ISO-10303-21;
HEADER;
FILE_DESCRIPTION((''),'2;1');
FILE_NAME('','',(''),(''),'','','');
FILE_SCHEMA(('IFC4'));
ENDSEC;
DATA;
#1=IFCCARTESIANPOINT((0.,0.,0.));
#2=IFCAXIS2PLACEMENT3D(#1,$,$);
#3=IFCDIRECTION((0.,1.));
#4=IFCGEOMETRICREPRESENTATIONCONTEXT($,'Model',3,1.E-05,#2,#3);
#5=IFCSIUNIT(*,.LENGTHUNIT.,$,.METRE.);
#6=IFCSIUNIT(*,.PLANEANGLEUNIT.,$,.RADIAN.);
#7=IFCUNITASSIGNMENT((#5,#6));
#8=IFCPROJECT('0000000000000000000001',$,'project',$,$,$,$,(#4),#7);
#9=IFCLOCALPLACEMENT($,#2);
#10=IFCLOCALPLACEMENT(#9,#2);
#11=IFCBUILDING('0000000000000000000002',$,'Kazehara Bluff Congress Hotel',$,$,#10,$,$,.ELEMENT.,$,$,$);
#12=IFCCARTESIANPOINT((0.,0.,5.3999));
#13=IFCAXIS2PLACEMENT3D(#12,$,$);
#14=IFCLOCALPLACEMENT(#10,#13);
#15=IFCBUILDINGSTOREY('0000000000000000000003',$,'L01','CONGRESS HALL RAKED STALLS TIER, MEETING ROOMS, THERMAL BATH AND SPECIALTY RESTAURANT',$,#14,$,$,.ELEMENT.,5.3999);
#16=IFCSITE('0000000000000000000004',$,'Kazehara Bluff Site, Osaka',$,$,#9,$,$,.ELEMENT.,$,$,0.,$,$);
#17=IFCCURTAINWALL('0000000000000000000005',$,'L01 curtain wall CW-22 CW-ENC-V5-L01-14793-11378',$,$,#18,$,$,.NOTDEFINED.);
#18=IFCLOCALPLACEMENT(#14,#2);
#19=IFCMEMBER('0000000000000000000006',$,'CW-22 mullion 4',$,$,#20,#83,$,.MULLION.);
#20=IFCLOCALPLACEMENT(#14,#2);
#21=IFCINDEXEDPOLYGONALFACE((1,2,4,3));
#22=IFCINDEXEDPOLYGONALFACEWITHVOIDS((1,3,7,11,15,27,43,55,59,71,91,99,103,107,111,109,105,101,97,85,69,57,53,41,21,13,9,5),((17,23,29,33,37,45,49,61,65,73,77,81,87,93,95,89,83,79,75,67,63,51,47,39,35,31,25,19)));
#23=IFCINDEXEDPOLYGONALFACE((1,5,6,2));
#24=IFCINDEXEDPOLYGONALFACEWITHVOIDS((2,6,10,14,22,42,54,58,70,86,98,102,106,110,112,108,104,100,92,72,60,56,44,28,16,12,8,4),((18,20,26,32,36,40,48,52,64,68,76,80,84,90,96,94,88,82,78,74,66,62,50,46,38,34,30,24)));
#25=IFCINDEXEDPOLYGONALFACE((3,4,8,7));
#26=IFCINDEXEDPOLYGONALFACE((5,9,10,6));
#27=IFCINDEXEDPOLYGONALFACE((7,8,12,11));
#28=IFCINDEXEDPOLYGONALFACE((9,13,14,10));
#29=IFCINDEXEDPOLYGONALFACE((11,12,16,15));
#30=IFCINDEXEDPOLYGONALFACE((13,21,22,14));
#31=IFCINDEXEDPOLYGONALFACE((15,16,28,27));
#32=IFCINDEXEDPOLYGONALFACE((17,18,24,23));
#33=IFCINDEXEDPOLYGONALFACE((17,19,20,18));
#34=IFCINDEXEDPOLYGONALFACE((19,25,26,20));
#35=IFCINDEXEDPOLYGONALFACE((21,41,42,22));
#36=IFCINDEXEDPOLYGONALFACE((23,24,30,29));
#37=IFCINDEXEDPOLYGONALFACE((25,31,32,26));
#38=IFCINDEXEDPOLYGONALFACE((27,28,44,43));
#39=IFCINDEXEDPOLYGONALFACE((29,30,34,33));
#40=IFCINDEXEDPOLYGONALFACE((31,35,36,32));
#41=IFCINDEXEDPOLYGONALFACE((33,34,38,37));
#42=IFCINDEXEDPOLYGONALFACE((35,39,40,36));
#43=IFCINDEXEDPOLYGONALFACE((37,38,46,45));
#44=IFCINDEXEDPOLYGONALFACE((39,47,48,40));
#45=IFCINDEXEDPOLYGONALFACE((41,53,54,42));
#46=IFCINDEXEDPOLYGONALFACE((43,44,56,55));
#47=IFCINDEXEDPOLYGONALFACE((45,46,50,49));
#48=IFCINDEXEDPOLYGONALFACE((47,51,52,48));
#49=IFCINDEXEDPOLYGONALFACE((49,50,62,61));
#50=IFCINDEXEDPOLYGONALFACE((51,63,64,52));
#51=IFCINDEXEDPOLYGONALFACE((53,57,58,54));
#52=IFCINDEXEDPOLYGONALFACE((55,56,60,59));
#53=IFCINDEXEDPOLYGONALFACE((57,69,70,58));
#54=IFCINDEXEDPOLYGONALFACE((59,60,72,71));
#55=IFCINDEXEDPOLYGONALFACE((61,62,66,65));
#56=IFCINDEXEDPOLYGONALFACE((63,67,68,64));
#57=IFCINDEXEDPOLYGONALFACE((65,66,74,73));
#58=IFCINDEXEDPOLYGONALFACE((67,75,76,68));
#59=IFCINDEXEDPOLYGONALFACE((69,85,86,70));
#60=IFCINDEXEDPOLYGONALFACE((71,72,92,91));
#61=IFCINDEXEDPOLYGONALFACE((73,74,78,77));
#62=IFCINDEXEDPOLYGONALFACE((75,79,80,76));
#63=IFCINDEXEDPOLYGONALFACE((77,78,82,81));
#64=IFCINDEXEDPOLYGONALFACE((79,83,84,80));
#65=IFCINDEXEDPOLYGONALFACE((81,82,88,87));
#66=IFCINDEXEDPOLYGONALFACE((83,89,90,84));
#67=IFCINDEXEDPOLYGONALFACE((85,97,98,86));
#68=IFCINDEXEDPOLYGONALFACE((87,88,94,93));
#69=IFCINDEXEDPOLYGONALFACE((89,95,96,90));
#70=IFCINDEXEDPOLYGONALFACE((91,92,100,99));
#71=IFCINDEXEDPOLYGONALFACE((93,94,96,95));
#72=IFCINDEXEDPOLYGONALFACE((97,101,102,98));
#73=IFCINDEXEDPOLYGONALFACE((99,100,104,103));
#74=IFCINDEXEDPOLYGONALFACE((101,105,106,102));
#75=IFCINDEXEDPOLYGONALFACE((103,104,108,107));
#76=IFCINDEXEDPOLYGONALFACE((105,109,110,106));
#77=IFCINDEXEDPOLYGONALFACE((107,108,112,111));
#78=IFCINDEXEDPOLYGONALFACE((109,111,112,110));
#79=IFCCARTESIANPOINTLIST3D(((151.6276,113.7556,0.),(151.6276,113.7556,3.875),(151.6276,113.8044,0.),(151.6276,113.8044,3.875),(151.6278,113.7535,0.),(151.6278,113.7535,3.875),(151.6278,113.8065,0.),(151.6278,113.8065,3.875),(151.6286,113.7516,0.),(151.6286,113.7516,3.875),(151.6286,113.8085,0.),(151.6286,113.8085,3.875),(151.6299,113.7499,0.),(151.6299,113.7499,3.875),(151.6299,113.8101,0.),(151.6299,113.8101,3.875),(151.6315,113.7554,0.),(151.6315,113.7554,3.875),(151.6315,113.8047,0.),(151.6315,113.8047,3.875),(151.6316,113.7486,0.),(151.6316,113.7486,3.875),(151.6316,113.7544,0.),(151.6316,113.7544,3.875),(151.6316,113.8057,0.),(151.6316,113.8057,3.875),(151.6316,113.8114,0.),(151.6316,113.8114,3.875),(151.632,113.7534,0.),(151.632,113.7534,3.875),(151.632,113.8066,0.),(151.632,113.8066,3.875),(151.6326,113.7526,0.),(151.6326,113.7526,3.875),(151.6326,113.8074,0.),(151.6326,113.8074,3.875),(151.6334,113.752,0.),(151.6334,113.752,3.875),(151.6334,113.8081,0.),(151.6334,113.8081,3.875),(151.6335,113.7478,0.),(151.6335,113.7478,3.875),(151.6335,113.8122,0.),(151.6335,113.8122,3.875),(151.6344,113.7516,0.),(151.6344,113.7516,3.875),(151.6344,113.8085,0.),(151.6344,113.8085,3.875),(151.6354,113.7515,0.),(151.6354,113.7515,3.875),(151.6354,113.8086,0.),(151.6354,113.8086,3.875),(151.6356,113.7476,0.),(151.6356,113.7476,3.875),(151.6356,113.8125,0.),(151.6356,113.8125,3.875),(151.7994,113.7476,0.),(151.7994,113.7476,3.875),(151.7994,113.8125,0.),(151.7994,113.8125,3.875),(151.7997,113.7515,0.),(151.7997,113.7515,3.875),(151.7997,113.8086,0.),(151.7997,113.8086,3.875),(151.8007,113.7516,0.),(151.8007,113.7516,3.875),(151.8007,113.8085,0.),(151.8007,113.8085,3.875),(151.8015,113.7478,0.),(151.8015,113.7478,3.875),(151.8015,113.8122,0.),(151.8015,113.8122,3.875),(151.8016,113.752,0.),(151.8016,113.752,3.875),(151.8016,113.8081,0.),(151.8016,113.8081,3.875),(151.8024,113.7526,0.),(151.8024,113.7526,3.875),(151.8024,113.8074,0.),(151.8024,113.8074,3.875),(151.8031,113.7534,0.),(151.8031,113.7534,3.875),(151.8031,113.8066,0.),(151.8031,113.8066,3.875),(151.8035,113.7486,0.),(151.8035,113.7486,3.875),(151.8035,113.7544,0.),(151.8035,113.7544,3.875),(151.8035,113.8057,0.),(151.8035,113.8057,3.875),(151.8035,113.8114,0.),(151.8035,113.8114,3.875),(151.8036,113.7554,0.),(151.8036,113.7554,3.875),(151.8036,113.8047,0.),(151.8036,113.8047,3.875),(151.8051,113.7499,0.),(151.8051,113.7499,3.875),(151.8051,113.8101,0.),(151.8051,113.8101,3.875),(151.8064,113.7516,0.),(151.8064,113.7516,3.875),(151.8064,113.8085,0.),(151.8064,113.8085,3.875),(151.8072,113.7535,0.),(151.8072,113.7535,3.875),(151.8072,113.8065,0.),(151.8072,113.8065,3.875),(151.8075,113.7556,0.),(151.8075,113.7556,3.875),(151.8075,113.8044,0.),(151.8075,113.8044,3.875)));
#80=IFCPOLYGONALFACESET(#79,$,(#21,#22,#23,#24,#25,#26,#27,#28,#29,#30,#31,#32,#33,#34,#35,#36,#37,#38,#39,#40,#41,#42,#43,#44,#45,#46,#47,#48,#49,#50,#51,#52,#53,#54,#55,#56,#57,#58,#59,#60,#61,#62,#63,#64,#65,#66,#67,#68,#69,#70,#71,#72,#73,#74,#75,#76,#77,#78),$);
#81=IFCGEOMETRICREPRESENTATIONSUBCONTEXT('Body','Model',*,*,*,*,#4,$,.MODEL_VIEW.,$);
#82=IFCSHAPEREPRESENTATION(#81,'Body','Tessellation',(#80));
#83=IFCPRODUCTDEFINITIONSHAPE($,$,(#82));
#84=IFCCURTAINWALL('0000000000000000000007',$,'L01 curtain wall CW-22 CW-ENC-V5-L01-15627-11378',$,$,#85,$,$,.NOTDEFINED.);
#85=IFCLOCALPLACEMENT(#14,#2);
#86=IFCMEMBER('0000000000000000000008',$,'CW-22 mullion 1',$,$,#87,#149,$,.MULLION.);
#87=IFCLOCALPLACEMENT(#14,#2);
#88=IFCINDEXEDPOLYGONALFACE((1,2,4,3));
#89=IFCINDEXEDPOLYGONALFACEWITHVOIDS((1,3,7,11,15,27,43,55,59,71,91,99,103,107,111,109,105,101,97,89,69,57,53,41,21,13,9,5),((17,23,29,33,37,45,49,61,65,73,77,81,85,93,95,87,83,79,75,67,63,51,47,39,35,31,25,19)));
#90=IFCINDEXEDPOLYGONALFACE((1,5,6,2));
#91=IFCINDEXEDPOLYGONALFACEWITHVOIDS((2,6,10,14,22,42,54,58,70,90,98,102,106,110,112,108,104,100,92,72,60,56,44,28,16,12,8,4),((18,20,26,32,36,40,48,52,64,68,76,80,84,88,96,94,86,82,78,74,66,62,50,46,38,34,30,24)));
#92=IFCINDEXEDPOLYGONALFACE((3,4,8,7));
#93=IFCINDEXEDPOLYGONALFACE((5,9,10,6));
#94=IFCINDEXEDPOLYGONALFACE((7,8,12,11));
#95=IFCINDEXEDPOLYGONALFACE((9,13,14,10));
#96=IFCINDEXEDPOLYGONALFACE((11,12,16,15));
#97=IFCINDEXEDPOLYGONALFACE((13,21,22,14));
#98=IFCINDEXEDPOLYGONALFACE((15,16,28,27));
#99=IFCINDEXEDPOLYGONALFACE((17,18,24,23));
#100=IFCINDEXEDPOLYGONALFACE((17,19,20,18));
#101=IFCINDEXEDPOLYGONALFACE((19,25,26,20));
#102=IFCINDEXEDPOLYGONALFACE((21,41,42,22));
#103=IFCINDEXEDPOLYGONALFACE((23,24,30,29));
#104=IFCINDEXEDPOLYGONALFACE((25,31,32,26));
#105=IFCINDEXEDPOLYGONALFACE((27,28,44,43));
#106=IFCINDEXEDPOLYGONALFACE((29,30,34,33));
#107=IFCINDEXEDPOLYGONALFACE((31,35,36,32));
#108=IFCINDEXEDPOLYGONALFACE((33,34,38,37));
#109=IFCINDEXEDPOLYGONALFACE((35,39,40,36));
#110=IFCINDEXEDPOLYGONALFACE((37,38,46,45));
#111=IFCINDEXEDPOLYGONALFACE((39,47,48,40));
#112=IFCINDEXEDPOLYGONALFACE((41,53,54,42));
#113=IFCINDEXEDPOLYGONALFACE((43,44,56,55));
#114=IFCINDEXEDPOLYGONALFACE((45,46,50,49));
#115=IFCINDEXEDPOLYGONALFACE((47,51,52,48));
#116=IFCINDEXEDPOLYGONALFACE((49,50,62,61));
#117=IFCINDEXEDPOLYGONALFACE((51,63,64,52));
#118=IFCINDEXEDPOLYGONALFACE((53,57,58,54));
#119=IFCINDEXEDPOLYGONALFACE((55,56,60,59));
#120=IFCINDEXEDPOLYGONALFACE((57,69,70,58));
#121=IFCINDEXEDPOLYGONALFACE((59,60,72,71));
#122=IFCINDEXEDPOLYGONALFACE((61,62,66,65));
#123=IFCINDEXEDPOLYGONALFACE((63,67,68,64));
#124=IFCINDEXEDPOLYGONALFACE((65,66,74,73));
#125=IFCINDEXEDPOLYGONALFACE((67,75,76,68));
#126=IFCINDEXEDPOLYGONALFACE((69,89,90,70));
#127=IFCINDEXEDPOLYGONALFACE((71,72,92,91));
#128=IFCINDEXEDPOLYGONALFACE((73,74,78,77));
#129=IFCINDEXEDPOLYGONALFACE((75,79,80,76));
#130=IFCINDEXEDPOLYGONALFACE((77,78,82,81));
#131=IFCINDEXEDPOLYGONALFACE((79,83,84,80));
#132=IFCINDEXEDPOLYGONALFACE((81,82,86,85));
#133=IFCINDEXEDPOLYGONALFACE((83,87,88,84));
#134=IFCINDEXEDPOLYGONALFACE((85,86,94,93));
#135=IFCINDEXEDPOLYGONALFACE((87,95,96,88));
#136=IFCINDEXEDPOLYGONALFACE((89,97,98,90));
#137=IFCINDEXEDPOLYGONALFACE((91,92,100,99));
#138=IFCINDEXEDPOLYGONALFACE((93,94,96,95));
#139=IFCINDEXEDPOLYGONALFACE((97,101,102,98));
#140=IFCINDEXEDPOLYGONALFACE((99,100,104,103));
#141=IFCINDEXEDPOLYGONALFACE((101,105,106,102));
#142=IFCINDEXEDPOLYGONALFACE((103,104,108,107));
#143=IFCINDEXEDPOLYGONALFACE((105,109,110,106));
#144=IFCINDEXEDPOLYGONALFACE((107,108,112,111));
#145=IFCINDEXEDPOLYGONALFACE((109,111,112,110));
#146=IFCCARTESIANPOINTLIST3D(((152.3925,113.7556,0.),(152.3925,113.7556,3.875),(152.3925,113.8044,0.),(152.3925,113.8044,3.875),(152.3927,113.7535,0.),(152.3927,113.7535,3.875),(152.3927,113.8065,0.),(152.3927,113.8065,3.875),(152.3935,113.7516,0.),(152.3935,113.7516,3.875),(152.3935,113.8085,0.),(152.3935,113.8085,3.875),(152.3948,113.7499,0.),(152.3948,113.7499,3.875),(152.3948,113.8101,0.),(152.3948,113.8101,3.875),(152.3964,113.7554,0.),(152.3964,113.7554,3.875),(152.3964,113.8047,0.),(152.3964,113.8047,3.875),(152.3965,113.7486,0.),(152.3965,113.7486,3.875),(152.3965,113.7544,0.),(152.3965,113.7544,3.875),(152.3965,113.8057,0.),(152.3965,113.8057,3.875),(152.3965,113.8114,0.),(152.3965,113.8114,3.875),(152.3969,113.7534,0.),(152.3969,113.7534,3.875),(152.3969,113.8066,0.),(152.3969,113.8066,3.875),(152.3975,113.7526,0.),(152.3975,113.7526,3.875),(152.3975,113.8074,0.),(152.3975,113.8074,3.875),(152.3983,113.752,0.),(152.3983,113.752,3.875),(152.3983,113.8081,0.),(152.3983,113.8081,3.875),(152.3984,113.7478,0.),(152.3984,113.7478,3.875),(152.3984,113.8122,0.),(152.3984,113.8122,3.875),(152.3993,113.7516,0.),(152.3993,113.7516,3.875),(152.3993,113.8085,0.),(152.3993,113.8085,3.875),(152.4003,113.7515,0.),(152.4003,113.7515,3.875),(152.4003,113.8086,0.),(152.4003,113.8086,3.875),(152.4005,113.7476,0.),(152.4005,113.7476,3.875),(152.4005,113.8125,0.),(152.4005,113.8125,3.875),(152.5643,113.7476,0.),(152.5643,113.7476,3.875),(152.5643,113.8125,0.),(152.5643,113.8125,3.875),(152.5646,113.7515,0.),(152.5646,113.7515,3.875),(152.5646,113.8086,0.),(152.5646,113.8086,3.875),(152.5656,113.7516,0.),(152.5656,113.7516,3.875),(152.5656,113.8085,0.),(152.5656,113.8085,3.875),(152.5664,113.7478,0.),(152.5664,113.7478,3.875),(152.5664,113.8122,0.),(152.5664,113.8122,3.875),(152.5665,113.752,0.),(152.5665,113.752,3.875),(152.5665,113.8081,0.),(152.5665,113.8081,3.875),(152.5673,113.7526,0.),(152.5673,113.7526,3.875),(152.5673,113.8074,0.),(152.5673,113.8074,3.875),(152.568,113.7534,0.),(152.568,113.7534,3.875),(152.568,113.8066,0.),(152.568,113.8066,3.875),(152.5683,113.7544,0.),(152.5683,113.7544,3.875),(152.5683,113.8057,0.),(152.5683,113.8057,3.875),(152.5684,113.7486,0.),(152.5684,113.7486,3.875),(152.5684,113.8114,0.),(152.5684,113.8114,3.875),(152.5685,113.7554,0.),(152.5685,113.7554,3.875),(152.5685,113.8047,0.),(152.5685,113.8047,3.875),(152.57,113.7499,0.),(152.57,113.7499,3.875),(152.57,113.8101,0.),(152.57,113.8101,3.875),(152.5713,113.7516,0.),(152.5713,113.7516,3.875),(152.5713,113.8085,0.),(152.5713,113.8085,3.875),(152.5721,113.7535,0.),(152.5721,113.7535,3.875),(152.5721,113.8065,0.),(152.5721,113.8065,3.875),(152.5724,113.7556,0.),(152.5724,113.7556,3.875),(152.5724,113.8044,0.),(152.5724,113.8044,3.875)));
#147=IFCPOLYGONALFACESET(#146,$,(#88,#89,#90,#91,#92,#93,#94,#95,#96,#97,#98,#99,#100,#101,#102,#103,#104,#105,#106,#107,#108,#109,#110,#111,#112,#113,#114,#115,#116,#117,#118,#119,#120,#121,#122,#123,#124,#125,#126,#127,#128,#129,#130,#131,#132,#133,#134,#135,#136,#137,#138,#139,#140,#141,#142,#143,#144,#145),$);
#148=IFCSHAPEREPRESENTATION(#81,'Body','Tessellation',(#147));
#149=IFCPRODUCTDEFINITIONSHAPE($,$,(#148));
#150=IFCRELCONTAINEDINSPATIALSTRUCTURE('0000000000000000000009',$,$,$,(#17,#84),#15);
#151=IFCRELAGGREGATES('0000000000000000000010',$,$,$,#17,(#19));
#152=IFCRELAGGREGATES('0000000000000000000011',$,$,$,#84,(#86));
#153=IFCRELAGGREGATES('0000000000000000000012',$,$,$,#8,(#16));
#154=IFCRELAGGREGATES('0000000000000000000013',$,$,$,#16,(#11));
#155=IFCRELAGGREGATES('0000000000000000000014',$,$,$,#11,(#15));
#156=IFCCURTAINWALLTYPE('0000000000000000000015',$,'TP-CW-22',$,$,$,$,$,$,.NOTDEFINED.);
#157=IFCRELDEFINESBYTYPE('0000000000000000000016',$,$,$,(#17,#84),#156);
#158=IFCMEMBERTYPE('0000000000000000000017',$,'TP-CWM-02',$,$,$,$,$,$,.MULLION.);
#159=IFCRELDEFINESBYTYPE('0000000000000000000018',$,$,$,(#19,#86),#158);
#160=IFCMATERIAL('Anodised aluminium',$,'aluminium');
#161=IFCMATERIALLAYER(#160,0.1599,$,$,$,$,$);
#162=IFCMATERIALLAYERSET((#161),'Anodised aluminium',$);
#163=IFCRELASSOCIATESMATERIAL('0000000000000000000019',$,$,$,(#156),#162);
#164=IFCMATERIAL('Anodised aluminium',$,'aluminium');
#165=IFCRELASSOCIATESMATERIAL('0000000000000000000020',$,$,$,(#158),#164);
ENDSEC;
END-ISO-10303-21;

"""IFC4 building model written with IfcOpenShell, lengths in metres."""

from ifc_helpers import new_model, si_unit, direction, frame, origin, origin_2d, place, context, subcontext, project, spatial, hollow_rectangle, extrude, material, layer, layer_set, material_profile, profile_set, type_object, element, aggregate, save


model = new_model("IFC4")

# Units and contexts
model_context = context("Model", 3, precision=1e-05, world=origin(), true_north=direction((0.0, 1.0)))
body_context = subcontext(model_context, "Body", "Model", "MODEL_VIEW")
ifc_project = project(units=[si_unit("LENGTHUNIT", "METRE"), si_unit("PLANEANGLEUNIT", "RADIAN")], contexts=[model_context])

# Site, building, storey
site_placement = place(None, origin())
site = spatial("IfcSite", under=ifc_project, at=site_placement, Name="Kazehara Bluff Site, Osaka", CompositionType="ELEMENT", RefElevation=0.0)
building_placement = place(site_placement, origin())
building = spatial("IfcBuilding", under=site, at=building_placement, Name="Kazehara Bluff Congress Hotel", CompositionType="ELEMENT")
storey_placement = place(building_placement, frame((0.0, 0.0, 5.3999)))
storey = spatial("IfcBuildingStorey", under=building, at=storey_placement, Name="L01", Description="CONGRESS HALL RAKED STALLS TIER, MEETING ROOMS, THERMAL BATH AND SPECIALTY RESTAURANT", CompositionType="ELEMENT", Elevation=5.3999)

# Curtain walls, members
ifc_material_1 = material(Name="Anodised aluminium", Category="aluminium")
ifc_layer_1 = layer(ifc_material_1, 0.1599)
ifc_layer_set_1 = layer_set([ifc_layer_1], Name="Anodised aluminium")
curtain_wall_type = type_object("IfcCurtainWallType", Name="TP-CW-22", PredefinedType="NOTDEFINED", material=ifc_layer_set_1)
curtain_wall_1_placement = place(storey_placement, origin())
curtain_wall_1 = element("IfcCurtainWall", 1, at=curtain_wall_1_placement, inside=storey, type_object=curtain_wall_type, Name="L01 curtain wall CW-22 CW-ENC-V5-L01-14793-11378", PredefinedType="NOTDEFINED")
ifc_material_2 = material(Name="Anodised aluminium", Category="aluminium")
ifc_material_profile_1 = material_profile(ifc_material_2, hollow_rectangle(XDim=0.0649, YDim=0.1799, WallThickness=0.0039, InnerFilletRadius=0.0039, OuterFilletRadius=0.0081, at=origin_2d()))
ifc_profile_set_1 = profile_set([ifc_material_profile_1], Name="Anodised aluminium")
member_type_1 = type_object("IfcMemberType", Name="TP-CWM-02", PredefinedType="MULLION", material=ifc_profile_set_1)
member_1_placement = place(storey_placement, frame((151.7175, 113.78, 0.0), z_axis=(0.0, 0.0, 1.0), x_axis=(0.0, 1.0, 0.0)))
member_1 = element("IfcMember", 2, at=member_1_placement, type_object=member_type_1, Name="CW-22 mullion 4", PredefinedType="MULLION", context=body_context, shape_type="SweptSolid", body=[
    extrude(hollow_rectangle(XDim=0.0649, YDim=0.1799, WallThickness=0.0039, InnerFilletRadius=0.0039, OuterFilletRadius=0.0081, at=origin_2d()), origin(), (0.0, 0.0, 1.0), 3.875),
])
curtain_wall_2_placement = place(storey_placement, origin())
curtain_wall_2 = element("IfcCurtainWall", 3, at=curtain_wall_2_placement, inside=storey, type_object=curtain_wall_type, Name="L01 curtain wall CW-22 CW-ENC-V5-L01-15627-11378", PredefinedType="NOTDEFINED")
member_2_placement = place(storey_placement, frame((152.4824, 113.78, 0.0), z_axis=(0.0, 0.0, 1.0), x_axis=(0.0, 1.0, 0.0)))
member_2 = element("IfcMember", 4, at=member_2_placement, type_object=member_type_1, Name="CW-22 mullion 1", PredefinedType="MULLION", context=body_context, shape_type="SweptSolid", body=[
    extrude(hollow_rectangle(XDim=0.0649, YDim=0.1799, WallThickness=0.0039, InnerFilletRadius=0.0039, OuterFilletRadius=0.0081, at=origin_2d()), origin(), (0.0, 0.0, 1.0), 3.875),
])

aggregate(curtain_wall_1, [member_1])
aggregate(curtain_wall_2, [member_2])

save(model, "model.ifc")
